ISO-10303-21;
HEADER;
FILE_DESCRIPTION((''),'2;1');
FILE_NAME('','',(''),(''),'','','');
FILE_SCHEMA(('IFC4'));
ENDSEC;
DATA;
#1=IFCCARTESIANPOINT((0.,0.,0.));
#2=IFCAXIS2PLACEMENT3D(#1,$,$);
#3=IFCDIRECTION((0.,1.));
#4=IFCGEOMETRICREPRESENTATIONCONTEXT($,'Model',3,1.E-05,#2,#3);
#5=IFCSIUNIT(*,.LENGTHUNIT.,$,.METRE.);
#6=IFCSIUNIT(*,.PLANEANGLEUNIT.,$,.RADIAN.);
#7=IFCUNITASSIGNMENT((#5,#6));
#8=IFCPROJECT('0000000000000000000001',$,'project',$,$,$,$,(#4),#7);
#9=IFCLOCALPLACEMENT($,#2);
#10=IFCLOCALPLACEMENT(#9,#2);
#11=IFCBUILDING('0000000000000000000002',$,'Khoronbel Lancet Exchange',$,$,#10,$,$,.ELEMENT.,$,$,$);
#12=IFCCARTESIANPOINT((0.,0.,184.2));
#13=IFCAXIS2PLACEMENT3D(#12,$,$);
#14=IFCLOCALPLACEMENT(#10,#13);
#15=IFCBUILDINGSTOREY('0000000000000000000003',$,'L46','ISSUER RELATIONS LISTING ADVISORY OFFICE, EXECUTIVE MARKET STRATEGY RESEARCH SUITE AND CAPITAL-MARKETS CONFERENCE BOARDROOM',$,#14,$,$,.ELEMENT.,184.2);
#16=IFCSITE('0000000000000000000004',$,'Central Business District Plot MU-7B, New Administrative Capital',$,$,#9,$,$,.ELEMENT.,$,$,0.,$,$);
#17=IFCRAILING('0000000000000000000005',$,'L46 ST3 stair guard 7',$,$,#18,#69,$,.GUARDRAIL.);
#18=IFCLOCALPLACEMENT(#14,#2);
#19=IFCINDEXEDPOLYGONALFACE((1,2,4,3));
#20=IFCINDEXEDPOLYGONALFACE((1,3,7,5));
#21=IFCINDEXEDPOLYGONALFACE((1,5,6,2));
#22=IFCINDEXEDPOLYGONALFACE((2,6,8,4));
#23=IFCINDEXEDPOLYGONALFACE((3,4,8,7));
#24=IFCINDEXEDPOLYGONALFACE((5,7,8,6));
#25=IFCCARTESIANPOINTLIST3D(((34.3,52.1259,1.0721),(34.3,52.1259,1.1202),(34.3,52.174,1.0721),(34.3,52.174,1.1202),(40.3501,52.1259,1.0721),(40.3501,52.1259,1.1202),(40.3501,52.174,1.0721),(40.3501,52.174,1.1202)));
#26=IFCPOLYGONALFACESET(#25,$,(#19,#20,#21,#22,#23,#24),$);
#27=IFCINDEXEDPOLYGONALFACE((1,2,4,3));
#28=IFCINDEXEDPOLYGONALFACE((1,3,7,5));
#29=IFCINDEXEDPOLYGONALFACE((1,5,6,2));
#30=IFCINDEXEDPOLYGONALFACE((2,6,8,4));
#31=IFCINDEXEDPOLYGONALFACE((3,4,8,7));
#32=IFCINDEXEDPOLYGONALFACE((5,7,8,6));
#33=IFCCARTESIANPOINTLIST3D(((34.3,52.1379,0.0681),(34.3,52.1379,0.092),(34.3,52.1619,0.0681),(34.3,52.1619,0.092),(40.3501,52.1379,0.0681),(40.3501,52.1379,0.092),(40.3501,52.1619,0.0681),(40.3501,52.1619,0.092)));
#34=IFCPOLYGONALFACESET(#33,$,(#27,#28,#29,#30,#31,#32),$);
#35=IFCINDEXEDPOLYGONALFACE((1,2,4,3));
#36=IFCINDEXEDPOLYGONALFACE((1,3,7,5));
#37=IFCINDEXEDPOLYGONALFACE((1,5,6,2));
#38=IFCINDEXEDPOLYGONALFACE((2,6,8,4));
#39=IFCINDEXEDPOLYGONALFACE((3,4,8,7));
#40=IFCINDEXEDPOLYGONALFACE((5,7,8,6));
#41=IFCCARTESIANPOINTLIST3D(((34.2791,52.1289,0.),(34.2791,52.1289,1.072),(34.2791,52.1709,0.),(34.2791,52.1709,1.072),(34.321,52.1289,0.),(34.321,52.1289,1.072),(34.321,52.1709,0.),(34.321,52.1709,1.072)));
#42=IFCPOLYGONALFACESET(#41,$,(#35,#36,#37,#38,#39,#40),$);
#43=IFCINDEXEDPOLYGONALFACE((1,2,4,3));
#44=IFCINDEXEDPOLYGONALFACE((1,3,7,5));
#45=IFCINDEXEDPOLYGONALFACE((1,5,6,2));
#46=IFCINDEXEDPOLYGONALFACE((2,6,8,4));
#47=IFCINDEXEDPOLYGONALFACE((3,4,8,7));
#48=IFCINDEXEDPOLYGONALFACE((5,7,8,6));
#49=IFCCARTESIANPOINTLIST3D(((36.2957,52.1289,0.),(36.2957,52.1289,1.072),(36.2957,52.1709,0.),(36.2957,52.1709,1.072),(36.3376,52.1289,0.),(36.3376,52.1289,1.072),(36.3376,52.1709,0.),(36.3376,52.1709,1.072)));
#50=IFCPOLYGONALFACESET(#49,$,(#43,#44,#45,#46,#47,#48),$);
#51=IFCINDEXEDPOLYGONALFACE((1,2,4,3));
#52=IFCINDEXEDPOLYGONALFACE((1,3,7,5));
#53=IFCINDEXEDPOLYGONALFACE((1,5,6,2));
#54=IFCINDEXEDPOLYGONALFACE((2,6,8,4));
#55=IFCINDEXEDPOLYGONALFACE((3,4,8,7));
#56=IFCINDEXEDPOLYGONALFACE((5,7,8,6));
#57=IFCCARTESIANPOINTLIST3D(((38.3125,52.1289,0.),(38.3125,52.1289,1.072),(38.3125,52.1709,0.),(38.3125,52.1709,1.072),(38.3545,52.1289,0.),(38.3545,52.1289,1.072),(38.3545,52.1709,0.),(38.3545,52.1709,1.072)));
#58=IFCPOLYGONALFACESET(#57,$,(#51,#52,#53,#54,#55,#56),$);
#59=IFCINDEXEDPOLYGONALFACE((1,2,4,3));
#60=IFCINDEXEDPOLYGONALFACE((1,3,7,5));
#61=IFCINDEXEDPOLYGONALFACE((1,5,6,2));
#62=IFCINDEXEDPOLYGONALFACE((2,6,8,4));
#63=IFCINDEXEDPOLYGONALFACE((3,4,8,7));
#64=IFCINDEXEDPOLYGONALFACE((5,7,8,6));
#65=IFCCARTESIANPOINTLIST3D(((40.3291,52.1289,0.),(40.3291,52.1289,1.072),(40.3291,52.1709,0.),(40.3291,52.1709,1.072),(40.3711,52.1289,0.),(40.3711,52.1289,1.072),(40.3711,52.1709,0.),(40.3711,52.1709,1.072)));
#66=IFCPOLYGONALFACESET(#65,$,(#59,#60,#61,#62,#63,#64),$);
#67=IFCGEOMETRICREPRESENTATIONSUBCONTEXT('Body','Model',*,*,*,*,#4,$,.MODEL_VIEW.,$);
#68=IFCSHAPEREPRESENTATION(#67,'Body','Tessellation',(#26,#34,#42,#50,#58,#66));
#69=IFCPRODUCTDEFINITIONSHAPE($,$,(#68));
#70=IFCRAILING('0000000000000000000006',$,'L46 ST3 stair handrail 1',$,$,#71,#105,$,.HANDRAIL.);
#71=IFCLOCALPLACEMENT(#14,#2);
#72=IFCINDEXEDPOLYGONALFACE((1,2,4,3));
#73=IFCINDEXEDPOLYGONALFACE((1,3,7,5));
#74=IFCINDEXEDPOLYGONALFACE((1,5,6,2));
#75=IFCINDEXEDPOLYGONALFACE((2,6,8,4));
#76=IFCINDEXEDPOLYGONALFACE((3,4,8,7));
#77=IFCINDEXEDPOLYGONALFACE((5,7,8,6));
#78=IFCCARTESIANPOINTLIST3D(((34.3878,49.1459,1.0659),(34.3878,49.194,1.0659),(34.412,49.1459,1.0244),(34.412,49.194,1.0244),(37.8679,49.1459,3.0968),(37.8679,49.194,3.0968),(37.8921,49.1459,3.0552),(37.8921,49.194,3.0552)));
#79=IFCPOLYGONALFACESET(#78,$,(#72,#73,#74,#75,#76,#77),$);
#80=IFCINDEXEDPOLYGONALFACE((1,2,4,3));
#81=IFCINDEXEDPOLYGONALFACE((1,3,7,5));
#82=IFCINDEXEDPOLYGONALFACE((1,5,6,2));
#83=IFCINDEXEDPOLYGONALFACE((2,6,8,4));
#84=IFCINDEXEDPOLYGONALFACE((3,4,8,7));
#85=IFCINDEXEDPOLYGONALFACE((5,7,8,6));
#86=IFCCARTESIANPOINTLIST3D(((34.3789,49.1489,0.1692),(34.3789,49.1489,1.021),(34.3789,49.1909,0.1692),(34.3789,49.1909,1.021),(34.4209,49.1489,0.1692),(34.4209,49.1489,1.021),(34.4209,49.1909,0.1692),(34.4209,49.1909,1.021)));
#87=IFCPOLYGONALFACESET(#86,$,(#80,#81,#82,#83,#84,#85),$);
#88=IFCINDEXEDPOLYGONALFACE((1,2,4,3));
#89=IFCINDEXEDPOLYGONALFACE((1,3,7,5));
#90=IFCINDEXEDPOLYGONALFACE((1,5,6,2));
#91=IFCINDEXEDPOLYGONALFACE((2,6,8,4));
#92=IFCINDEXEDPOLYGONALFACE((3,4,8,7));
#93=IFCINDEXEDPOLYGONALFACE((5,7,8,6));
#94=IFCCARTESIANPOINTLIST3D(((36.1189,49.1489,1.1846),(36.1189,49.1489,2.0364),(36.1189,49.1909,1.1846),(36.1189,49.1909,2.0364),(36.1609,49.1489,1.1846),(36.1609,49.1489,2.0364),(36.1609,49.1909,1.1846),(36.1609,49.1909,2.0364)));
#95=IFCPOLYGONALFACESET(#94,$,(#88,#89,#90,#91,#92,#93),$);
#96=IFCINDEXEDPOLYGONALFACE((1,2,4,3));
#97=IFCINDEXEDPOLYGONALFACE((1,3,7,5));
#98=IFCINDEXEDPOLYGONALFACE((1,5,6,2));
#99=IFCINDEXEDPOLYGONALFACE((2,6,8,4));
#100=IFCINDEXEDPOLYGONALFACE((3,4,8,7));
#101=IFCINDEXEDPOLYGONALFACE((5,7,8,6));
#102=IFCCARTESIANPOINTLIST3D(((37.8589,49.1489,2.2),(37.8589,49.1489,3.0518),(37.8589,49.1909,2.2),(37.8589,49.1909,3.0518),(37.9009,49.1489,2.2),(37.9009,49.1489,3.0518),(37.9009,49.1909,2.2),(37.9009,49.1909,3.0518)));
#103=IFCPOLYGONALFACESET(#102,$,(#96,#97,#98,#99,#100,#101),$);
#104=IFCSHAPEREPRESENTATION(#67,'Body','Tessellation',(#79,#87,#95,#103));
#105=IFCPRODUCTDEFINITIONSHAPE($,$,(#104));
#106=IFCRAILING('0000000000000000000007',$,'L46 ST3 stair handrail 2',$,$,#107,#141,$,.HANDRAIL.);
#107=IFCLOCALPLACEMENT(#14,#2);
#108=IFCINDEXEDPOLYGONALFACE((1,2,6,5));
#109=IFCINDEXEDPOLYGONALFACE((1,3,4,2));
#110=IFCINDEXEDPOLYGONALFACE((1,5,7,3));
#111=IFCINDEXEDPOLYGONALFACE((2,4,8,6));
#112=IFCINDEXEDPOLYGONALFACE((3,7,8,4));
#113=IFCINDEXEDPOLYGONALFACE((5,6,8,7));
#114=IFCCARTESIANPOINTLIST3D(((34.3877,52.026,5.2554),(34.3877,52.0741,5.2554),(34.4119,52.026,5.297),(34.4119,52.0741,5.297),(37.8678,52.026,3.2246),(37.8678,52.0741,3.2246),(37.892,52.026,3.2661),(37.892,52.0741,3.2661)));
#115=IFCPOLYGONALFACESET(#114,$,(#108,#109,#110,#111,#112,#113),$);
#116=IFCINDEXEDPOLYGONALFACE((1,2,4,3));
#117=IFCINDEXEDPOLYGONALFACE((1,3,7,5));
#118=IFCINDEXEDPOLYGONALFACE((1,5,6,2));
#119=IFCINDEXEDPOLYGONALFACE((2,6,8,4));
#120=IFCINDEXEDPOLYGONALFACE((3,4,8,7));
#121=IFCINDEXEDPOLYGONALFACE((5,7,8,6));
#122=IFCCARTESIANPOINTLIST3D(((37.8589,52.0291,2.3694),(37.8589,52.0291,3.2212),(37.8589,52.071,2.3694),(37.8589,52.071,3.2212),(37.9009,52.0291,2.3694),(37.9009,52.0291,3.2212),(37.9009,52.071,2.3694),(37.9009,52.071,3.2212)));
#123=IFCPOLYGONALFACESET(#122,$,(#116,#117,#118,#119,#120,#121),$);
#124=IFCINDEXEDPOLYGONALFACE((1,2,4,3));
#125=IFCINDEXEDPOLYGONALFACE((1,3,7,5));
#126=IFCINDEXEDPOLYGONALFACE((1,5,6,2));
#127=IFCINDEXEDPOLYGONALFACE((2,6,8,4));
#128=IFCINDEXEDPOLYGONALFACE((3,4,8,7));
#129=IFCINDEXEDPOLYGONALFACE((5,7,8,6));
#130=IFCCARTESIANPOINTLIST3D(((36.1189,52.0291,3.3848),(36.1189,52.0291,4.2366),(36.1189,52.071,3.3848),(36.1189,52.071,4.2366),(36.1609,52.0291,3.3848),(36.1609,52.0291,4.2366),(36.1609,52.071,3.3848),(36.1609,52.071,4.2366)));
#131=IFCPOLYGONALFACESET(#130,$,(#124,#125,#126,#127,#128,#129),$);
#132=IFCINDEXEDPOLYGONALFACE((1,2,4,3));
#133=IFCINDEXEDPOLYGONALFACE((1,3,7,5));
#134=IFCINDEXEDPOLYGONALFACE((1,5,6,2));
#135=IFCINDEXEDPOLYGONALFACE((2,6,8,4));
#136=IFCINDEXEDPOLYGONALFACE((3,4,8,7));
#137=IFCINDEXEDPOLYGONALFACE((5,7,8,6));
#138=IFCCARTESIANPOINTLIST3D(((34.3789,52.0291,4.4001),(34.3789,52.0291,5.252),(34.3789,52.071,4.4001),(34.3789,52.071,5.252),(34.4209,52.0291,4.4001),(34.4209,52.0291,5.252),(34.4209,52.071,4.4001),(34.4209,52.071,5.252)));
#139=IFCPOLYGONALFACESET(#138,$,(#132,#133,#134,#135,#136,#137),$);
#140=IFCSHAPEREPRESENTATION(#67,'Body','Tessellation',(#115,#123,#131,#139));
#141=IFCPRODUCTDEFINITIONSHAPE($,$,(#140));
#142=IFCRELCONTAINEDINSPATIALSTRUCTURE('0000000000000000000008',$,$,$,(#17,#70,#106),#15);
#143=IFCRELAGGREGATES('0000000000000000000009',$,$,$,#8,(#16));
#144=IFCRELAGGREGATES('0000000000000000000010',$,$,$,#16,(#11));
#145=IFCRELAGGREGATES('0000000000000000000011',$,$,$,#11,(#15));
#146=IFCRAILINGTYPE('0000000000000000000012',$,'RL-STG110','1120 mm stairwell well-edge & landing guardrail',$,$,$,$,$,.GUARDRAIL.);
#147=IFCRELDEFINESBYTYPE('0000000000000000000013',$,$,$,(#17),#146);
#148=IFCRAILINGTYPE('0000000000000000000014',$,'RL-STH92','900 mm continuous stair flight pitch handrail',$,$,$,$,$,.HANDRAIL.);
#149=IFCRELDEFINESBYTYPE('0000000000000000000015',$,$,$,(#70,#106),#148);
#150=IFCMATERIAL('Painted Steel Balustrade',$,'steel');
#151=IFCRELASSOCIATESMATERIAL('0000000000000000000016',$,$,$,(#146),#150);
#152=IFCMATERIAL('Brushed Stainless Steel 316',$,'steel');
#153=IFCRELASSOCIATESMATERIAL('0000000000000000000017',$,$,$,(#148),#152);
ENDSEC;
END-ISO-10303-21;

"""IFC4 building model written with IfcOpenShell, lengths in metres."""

from ifc_helpers import new_model, si_unit, direction, frame, origin, origin_2d, place, context, subcontext, project, spatial, rectangle, extrude, material, type_object, element, save


model = new_model("IFC4")

# Units and contexts
model_context = context("Model", 3, precision=1e-05, world=origin(), true_north=direction((0.0, 1.0)))
body_context = subcontext(model_context, "Body", "Model", "MODEL_VIEW")
ifc_project = project(units=[si_unit("LENGTHUNIT", "METRE"), si_unit("PLANEANGLEUNIT", "RADIAN")], contexts=[model_context])

# Site, building, storey
site_placement = place(None, origin())
site = spatial("IfcSite", under=ifc_project, at=site_placement, Name="Central Business District Plot MU-7B, New Administrative Capital", CompositionType="ELEMENT", RefElevation=0.0)
building_placement = place(site_placement, origin())
building = spatial("IfcBuilding", under=site, at=building_placement, Name="Khoronbel Lancet Exchange", CompositionType="ELEMENT")
storey_placement = place(building_placement, frame((0.0, 0.0, 184.2)))
storey = spatial("IfcBuildingStorey", under=building, at=storey_placement, Name="L46", Description="ISSUER RELATIONS LISTING ADVISORY OFFICE, EXECUTIVE MARKET STRATEGY RESEARCH SUITE AND CAPITAL-MARKETS CONFERENCE BOARDROOM", CompositionType="ELEMENT", Elevation=184.2)

# Railings
ifc_material_1 = material(Name="Painted Steel Balustrade", Category="steel")
railing_type_1 = type_object("IfcRailingType", Name="RL-STG110", Description="1120 mm stairwell well-edge & landing guardrail", PredefinedType="GUARDRAIL", material=ifc_material_1)
railing_1_placement = place(storey_placement, frame((34.3, 52.1499, 0.0)))
element("IfcRailing", 1, at=railing_1_placement, inside=storey, type_object=railing_type_1, Name="L46 ST3 stair guard 7", PredefinedType="GUARDRAIL", context=body_context, shape_type="SweptSolid", body=[
    extrude(rectangle(XDim=0.0481, YDim=0.0481, at=origin_2d()), frame((0.0, 0.0, 1.0962), z_axis=(1.0, 0.0, 0.0), x_axis=(0.0, 1.0, 0.0)), (0.0, 0.0, 1.0), 6.05),
    extrude(rectangle(XDim=0.0239, YDim=0.0239, at=origin_2d()), frame((0.0, 0.0, 0.0801), z_axis=(1.0, 0.0, 0.0), x_axis=(0.0, 1.0, 0.0)), (0.0, 0.0, 1.0), 6.05),
    extrude(rectangle(XDim=0.042, YDim=0.042, at=origin_2d()), origin(), (0.0, 0.0, 1.0), 1.072),
    extrude(rectangle(XDim=0.042, YDim=0.042, at=origin_2d()), frame((2.0166, 0.0, 0.0)), (0.0, 0.0, 1.0), 1.072),
    extrude(rectangle(XDim=0.042, YDim=0.042, at=origin_2d()), frame((4.0334, 0.0, 0.0)), (0.0, 0.0, 1.0), 1.072),
    extrude(rectangle(XDim=0.042, YDim=0.042, at=origin_2d()), frame((6.05, 0.0, 0.0)), (0.0, 0.0, 1.0), 1.072),
])
ifc_material_2 = material(Name="Brushed Stainless Steel 316", Category="steel")
railing_type_2 = type_object("IfcRailingType", Name="RL-STH92", Description="900 mm continuous stair flight pitch handrail", PredefinedType="HANDRAIL", material=ifc_material_2)
railing_2_placement = place(storey_placement, frame((34.3999, 49.1699, 0.1692)))
element("IfcRailing", 2, at=railing_2_placement, inside=storey, type_object=railing_type_2, Name="L46 ST3 stair handrail 1", PredefinedType="HANDRAIL", context=body_context, shape_type="SweptSolid", body=[
    extrude(rectangle(XDim=0.0481, YDim=0.0481, at=origin_2d()), frame((0.0, 0.0, 0.876), z_axis=(0.863695, 0.0, 0.504014), x_axis=(0.0, 1.0, 0.0)), (0.0, 0.0, 1.0), 4.0293),
    extrude(rectangle(XDim=0.042, YDim=0.042, at=origin_2d()), origin(), (0.0, 0.0, 1.0), 0.8518),
    extrude(rectangle(XDim=0.042, YDim=0.042, at=origin_2d()), frame((1.74, 0.0, 1.0154)), (0.0, 0.0, 1.0), 0.8518),
    extrude(rectangle(XDim=0.042, YDim=0.042, at=origin_2d()), frame((3.48, 0.0, 2.0308)), (0.0, 0.0, 1.0), 0.8518),
])
railing_3_placement = place(storey_placement, frame((37.8799, 52.05, 2.3694)))
element("IfcRailing", 3, at=railing_3_placement, inside=storey, type_object=railing_type_2, Name="L46 ST3 stair handrail 2", PredefinedType="HANDRAIL", context=body_context, shape_type="SweptSolid", body=[
    extrude(rectangle(XDim=0.0481, YDim=0.0481, at=origin_2d()), frame((0.0, 0.0, 0.876), z_axis=(-0.863695, 0.0, 0.504014), x_axis=(0.0, -1.0, 0.0)), (0.0, 0.0, 1.0), 4.0293),
    extrude(rectangle(XDim=0.042, YDim=0.042, at=origin_2d()), origin(), (0.0, 0.0, 1.0), 0.8518),
    extrude(rectangle(XDim=0.042, YDim=0.042, at=origin_2d()), frame((-1.74, 0.0, 1.0154)), (0.0, 0.0, 1.0), 0.8518),
    extrude(rectangle(XDim=0.042, YDim=0.042, at=origin_2d()), frame((-3.48, 0.0, 2.0308)), (0.0, 0.0, 1.0), 0.8518),
])

save(model, "model.ifc")
